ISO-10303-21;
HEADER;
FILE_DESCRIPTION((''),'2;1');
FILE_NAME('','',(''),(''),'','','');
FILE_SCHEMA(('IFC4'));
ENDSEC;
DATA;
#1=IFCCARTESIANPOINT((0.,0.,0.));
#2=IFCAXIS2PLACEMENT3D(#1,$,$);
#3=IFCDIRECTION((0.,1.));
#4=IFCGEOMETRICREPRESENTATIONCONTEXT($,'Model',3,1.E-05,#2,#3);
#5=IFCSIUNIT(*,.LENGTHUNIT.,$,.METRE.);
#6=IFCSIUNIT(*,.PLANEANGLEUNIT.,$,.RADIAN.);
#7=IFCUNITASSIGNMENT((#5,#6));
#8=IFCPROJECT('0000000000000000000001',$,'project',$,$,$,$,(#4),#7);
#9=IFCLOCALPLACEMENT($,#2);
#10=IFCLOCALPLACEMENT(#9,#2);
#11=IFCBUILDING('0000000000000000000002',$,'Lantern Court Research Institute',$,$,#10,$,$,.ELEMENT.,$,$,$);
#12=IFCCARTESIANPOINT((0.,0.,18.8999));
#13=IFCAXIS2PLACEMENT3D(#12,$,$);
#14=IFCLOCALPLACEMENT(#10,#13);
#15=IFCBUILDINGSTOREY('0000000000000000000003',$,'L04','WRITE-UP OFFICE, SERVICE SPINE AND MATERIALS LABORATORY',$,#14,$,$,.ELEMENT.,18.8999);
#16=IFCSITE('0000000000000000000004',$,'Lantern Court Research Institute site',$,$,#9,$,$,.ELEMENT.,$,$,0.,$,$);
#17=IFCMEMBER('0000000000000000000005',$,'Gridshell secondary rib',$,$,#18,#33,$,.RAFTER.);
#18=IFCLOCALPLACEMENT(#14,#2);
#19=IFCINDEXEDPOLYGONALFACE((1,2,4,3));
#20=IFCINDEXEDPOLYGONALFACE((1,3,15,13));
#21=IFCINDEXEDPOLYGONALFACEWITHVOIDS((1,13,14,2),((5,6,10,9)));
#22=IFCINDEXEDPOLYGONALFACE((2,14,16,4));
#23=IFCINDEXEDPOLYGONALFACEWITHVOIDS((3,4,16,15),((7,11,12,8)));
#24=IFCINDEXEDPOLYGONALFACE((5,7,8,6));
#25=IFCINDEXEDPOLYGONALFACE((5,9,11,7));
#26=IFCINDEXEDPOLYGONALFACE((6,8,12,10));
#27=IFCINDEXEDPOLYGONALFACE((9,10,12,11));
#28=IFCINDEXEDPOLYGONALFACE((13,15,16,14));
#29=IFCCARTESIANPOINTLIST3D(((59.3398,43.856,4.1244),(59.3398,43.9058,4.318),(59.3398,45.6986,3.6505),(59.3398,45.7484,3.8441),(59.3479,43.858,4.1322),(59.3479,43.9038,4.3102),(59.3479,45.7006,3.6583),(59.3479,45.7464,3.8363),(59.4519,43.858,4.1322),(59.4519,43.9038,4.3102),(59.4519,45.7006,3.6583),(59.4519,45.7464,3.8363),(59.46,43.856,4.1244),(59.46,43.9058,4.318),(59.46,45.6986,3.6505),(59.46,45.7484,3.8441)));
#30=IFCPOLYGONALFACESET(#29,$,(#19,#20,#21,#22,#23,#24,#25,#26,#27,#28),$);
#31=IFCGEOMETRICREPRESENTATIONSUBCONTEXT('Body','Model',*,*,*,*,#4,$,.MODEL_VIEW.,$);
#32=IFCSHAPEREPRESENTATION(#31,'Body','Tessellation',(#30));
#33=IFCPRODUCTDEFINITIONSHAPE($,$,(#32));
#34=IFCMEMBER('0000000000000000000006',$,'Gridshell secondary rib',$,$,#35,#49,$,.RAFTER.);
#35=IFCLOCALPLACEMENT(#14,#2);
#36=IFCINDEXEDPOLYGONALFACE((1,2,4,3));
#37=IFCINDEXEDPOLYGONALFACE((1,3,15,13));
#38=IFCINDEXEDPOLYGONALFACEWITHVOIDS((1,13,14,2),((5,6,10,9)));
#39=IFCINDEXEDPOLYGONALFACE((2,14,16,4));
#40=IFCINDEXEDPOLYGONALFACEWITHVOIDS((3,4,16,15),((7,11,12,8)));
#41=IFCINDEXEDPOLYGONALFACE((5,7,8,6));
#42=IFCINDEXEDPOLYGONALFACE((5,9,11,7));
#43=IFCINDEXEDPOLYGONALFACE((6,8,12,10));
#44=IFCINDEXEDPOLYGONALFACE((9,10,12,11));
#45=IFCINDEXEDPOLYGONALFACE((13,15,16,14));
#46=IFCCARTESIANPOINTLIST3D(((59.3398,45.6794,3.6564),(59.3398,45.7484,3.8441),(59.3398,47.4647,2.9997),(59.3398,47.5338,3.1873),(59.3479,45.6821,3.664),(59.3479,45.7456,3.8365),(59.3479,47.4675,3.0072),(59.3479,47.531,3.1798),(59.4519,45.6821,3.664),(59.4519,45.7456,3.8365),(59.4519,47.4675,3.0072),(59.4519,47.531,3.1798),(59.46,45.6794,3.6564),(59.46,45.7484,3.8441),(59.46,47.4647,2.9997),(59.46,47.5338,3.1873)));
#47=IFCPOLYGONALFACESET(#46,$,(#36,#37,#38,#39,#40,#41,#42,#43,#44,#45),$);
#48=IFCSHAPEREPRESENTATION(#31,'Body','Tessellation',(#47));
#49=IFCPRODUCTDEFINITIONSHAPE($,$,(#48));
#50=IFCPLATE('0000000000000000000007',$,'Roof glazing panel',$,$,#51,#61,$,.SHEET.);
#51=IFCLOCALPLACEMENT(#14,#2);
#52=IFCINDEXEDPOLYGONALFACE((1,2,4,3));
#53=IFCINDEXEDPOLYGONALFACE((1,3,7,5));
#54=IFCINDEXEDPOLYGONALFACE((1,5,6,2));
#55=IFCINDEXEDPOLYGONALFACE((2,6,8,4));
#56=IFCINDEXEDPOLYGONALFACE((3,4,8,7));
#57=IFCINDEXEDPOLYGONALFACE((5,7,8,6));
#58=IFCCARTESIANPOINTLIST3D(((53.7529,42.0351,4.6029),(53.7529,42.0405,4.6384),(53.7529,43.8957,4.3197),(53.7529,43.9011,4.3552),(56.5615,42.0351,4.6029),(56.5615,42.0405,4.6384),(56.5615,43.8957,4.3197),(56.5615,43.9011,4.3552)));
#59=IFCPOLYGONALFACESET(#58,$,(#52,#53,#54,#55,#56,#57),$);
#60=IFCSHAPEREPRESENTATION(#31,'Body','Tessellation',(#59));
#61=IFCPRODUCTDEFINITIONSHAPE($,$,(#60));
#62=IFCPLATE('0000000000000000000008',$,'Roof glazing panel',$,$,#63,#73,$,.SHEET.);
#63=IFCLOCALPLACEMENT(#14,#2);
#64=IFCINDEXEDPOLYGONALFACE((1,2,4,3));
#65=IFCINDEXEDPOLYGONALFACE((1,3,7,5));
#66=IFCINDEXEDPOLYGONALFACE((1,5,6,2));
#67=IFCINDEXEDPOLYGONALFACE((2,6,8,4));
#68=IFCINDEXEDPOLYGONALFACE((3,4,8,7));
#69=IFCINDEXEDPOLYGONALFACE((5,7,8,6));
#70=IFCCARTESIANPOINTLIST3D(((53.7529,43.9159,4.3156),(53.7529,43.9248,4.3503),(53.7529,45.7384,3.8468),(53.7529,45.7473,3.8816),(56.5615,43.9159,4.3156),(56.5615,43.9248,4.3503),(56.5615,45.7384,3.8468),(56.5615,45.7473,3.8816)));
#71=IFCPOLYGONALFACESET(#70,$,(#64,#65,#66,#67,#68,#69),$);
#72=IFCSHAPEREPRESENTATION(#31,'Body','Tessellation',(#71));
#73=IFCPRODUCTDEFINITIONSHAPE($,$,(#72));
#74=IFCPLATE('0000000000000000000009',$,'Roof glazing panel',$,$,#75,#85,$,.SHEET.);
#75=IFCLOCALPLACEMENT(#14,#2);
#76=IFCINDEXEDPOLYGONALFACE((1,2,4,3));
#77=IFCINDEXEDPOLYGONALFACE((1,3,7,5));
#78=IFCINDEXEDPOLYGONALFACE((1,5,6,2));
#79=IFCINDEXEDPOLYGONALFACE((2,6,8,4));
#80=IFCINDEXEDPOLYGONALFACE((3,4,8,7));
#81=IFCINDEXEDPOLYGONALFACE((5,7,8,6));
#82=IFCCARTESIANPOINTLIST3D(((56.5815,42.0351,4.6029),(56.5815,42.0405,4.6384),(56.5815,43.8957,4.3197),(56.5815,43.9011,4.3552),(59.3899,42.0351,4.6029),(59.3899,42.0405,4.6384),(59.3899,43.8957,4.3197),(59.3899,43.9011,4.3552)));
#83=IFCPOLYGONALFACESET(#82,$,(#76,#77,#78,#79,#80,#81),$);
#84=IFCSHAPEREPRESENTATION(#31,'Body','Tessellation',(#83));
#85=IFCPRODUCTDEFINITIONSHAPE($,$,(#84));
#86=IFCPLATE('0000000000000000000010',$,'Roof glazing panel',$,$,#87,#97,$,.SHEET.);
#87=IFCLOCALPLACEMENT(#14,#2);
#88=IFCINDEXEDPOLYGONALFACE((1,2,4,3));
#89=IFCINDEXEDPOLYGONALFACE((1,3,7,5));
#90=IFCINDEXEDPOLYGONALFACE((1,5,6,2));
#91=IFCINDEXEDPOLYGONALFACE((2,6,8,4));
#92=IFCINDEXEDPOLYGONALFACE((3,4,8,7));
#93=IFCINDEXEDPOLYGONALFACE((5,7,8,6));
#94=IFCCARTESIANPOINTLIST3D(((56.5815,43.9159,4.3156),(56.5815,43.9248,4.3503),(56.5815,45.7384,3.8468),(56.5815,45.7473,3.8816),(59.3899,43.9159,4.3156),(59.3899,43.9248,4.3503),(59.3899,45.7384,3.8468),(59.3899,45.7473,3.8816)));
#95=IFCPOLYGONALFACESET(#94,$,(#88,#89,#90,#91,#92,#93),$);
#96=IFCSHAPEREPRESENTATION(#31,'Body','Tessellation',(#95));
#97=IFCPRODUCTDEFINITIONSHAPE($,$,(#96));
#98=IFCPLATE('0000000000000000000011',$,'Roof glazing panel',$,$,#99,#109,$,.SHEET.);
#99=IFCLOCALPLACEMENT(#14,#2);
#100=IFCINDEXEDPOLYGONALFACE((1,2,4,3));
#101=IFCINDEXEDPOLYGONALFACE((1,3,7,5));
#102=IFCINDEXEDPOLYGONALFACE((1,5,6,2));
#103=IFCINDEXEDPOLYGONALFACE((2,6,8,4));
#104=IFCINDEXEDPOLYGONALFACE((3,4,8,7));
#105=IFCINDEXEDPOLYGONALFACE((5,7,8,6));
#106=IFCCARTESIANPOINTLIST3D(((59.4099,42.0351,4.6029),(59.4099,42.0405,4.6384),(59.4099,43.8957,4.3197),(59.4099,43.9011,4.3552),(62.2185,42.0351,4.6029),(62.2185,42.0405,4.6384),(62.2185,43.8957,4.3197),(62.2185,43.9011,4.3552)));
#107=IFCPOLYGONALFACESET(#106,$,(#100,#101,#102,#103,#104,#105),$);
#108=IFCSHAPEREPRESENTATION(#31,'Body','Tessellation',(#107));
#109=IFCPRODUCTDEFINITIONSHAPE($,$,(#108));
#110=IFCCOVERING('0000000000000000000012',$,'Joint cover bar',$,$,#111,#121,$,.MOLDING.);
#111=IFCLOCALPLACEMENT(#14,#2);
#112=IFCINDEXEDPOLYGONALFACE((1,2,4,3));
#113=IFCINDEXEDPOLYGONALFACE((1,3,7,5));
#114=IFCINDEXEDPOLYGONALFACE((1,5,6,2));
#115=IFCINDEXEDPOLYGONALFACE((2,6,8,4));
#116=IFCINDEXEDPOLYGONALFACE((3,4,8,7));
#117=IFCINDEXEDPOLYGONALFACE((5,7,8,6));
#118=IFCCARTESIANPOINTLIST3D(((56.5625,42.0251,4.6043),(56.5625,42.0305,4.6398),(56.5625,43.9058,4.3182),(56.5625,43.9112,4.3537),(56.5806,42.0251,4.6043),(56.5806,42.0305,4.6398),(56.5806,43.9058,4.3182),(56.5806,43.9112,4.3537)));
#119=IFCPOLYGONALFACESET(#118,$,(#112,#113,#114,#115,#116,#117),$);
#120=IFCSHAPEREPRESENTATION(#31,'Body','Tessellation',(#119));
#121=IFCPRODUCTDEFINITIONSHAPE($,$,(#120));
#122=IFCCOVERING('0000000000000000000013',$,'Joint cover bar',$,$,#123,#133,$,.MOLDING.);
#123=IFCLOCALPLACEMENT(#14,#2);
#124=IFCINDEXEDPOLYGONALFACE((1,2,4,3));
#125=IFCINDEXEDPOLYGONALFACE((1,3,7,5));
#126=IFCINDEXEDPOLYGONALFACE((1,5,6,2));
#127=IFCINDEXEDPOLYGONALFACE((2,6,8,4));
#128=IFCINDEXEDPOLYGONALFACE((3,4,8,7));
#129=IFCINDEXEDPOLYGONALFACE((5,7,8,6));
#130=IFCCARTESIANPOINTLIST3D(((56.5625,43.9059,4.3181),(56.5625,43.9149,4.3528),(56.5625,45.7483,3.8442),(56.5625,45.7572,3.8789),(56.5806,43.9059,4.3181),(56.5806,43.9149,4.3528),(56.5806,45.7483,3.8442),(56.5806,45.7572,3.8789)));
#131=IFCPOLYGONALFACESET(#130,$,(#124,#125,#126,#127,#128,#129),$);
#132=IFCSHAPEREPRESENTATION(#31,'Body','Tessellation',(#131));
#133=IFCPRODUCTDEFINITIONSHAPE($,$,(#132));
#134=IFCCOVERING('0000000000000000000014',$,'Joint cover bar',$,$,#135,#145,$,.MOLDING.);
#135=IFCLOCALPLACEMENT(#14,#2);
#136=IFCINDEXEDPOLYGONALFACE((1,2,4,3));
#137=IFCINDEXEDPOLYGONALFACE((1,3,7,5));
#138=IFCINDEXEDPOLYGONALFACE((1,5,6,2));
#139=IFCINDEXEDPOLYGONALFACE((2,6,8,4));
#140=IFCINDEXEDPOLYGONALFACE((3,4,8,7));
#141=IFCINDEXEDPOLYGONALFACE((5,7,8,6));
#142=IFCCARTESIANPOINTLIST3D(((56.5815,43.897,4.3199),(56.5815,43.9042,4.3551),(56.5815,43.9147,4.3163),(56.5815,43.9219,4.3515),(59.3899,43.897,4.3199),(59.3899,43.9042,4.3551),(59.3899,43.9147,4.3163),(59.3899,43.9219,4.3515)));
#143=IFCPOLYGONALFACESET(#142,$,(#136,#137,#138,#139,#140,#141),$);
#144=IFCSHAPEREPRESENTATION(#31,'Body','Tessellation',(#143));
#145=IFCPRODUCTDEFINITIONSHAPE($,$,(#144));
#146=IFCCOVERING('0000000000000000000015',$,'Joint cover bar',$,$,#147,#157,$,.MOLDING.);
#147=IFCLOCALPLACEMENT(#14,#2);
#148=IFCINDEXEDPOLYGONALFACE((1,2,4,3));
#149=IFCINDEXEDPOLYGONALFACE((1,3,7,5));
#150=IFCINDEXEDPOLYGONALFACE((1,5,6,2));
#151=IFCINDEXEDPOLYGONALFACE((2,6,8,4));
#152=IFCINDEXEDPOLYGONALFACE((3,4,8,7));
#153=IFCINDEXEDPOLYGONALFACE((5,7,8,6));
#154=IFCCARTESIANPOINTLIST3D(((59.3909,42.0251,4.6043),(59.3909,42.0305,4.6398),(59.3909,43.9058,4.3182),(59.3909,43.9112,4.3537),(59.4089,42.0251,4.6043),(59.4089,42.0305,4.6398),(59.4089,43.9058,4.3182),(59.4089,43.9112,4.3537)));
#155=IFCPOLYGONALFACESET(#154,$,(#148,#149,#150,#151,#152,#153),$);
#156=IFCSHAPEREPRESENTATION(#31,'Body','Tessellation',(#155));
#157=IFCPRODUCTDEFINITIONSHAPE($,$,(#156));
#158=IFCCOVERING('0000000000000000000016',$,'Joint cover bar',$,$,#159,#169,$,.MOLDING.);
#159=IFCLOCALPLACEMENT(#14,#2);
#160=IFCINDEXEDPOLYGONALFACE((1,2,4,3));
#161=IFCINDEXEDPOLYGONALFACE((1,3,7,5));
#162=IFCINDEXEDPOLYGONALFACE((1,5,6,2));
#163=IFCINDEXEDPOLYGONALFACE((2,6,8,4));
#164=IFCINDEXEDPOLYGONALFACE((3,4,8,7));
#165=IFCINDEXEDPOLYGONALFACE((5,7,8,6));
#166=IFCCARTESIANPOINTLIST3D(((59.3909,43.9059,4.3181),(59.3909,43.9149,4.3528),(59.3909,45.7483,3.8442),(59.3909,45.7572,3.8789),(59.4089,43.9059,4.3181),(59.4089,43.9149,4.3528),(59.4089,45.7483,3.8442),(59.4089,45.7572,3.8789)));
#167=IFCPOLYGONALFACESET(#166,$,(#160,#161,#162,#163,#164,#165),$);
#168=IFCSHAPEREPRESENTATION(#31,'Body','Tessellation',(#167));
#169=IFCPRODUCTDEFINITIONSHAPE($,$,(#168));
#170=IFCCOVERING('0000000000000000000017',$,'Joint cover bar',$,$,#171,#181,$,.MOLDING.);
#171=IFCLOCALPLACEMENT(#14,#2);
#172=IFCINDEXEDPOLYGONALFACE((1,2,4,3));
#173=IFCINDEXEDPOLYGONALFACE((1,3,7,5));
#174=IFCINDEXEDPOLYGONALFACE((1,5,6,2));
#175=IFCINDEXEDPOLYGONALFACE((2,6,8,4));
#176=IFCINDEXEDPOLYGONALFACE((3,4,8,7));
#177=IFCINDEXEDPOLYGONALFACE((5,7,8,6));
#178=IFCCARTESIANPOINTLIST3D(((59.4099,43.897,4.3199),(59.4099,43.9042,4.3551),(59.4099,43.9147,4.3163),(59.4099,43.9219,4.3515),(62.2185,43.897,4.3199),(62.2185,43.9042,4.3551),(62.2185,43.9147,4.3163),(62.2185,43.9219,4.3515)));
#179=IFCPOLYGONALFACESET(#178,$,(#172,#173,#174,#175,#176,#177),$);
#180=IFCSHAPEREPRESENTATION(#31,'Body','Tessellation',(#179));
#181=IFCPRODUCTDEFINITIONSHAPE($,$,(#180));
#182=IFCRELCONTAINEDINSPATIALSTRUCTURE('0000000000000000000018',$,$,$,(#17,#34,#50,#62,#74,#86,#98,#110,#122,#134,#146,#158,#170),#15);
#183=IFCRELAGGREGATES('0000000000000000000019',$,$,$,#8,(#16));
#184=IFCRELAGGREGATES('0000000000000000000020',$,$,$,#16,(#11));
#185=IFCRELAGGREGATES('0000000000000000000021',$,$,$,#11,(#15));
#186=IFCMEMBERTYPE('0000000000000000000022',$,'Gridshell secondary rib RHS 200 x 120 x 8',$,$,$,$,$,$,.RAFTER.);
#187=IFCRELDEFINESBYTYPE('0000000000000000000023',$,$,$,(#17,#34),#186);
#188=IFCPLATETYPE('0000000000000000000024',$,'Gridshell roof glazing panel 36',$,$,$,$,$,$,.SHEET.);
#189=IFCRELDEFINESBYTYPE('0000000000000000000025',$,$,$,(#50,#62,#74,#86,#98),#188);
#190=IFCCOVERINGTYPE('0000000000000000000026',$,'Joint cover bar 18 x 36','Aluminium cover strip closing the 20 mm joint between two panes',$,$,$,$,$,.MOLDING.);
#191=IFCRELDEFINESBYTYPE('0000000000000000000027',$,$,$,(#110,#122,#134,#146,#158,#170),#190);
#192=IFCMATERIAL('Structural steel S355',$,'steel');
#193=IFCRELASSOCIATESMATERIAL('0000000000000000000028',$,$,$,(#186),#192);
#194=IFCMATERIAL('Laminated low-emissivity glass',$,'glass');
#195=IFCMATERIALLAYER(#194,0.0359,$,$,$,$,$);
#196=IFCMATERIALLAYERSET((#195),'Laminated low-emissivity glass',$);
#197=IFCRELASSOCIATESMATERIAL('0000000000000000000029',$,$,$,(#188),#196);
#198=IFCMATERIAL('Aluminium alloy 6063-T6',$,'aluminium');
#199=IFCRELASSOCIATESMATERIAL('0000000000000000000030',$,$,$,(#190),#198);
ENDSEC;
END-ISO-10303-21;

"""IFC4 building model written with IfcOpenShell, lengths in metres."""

from ifc_helpers import new_model, si_unit, direction, frame, origin, origin_2d, place, context, subcontext, project, spatial, polyline, rectangle, hollow_rectangle, outline, extrude, material, layer, layer_set, material_profile, profile_set, type_object, element, save


model = new_model("IFC4")

# Units and contexts
model_context = context("Model", 3, precision=1e-05, world=origin(), true_north=direction((0.0, 1.0)))
body_context = subcontext(model_context, "Body", "Model", "MODEL_VIEW")
ifc_project = project(units=[si_unit("LENGTHUNIT", "METRE"), si_unit("PLANEANGLEUNIT", "RADIAN")], contexts=[model_context])

# Site, building, storey
site_placement = place(None, origin())
site = spatial("IfcSite", under=ifc_project, at=site_placement, Name="Lantern Court Research Institute site", CompositionType="ELEMENT", RefElevation=0.0)
building_placement = place(site_placement, origin())
building = spatial("IfcBuilding", under=site, at=building_placement, Name="Lantern Court Research Institute", CompositionType="ELEMENT")
storey_placement = place(building_placement, frame((0.0, 0.0, 18.8999)))
storey = spatial("IfcBuildingStorey", under=building, at=storey_placement, Name="L04", Description="WRITE-UP OFFICE, SERVICE SPINE AND MATERIALS LABORATORY", CompositionType="ELEMENT", Elevation=18.8999)

# Members
ifc_material_1 = material(Name="Structural steel S355", Category="steel")
ifc_material_profile_1 = material_profile(ifc_material_1, hollow_rectangle(XDim=0.1201, YDim=0.2, WallThickness=0.0081, at=origin_2d()), Name="Gridshell secondary rib RHS 200 x 120 x 8")
ifc_profile_set_1 = profile_set([ifc_material_profile_1], Name="Structural steel S355")
member_type_1 = type_object("IfcMemberType", Name="Gridshell secondary rib RHS 200 x 120 x 8", PredefinedType="RAFTER", material=ifc_profile_set_1)
member_1_placement = place(storey_placement, frame((59.3999, 43.8809, 4.2212), z_axis=(0.0, 0.968482, -0.249082), x_axis=(-1.0, 0.0, 0.0)))
element("IfcMember", 1, at=member_1_placement, inside=storey, type_object=member_type_1, Name="Gridshell secondary rib", PredefinedType="RAFTER", context=body_context, shape_type="SweptSolid", body=[
    extrude(hollow_rectangle(XDim=0.1201, YDim=0.2, WallThickness=0.0081, at=origin_2d()), origin(), (0.0, 0.0, 1.0), 1.9026),
])
member_2_placement = place(storey_placement, frame((59.3999, 45.7139, 3.7502), z_axis=(0.0, 0.93852, -0.345224), x_axis=(-1.0, 0.0, 0.0)))
element("IfcMember", 2, at=member_2_placement, inside=storey, type_object=member_type_1, Name="Gridshell secondary rib", PredefinedType="RAFTER", context=body_context, shape_type="SweptSolid", body=[
    extrude(hollow_rectangle(XDim=0.1201, YDim=0.2, WallThickness=0.0081, at=origin_2d()), origin(), (0.0, 0.0, 1.0), 1.9023),
])

# Plates
ifc_material_2 = material(Name="Laminated low-emissivity glass", Category="glass")
ifc_layer = layer(ifc_material_2, 0.0359)
ifc_layer_set = layer_set([ifc_layer], Name="Laminated low-emissivity glass")
plate_type = type_object("IfcPlateType", Name="Gridshell roof glazing panel 36", PredefinedType="SHEET", material=ifc_layer_set)
plate_1_placement = place(storey_placement, frame((56.5615, 42.0405, 4.6384), z_axis=(0.0, 0.150478, 0.988613), x_axis=(-1.0, 0.0, 0.0)))
element("IfcPlate", 3, at=plate_1_placement, inside=storey, type_object=plate_type, Name="Roof glazing panel", PredefinedType="SHEET", context=body_context, shape_type="SweptSolid", body=[
    extrude(outline(polyline([(0.0, 0.0), (2.8086, 0.0), (2.8086, -1.882), (0.0, -1.882), (0.0, 0.0)])), origin(), (0.0, 0.0, -1.0), 0.0359),
])
plate_2_placement = place(storey_placement, frame((56.5615, 43.9248, 4.3503), z_axis=(0.0, 0.249093, 0.96848), x_axis=(-1.0, 0.0, 0.0)))
element("IfcPlate", 4, at=plate_2_placement, inside=storey, type_object=plate_type, Name="Roof glazing panel", PredefinedType="SHEET", context=body_context, shape_type="SweptSolid", body=[
    extrude(outline(polyline([(0.0, 0.0), (2.8086, 0.0), (2.8086, -1.8818), (0.0, -1.8818), (0.0, 0.0)])), origin(), (0.0, 0.0, -1.0), 0.0359),
])
plate_3_placement = place(storey_placement, frame((59.3899, 42.0405, 4.6384), z_axis=(0.0, 0.150478, 0.988613), x_axis=(-1.0, 0.0, 0.0)))
element("IfcPlate", 5, at=plate_3_placement, inside=storey, type_object=plate_type, Name="Roof glazing panel", PredefinedType="SHEET", context=body_context, shape_type="SweptSolid", body=[
    extrude(outline(polyline([(0.0, 0.0), (2.8083, 0.0), (2.8083, -1.882), (0.0, -1.882), (0.0, 0.0)])), origin(), (0.0, 0.0, -1.0), 0.0359),
])
plate_4_placement = place(storey_placement, frame((59.3899, 43.9248, 4.3503), z_axis=(0.0, 0.249093, 0.96848), x_axis=(-1.0, 0.0, 0.0)))
element("IfcPlate", 6, at=plate_4_placement, inside=storey, type_object=plate_type, Name="Roof glazing panel", PredefinedType="SHEET", context=body_context, shape_type="SweptSolid", body=[
    extrude(outline(polyline([(0.0, 0.0), (2.8083, 0.0), (2.8083, -1.8818), (0.0, -1.8818), (0.0, 0.0)])), origin(), (0.0, 0.0, -1.0), 0.0359),
])
plate_5_placement = place(storey_placement, frame((62.2185, 42.0405, 4.6384), z_axis=(0.0, 0.150478, 0.988613), x_axis=(-1.0, 0.0, 0.0)))
element("IfcPlate", 7, at=plate_5_placement, inside=storey, type_object=plate_type, Name="Roof glazing panel", PredefinedType="SHEET", context=body_context, shape_type="SweptSolid", body=[
    extrude(outline(polyline([(0.0, 0.0), (2.8086, 0.0), (2.8086, -1.882), (0.0, -1.882), (0.0, 0.0)])), origin(), (0.0, 0.0, -1.0), 0.0359),
])

# Coverings
ifc_material_3 = material(Name="Aluminium alloy 6063-T6", Category="aluminium")
ifc_material_profile_2 = material_profile(ifc_material_3, rectangle(XDim=0.0181, YDim=0.0359, at=origin_2d()), Name="Joint cover bar 18 x 36")
ifc_profile_set_2 = profile_set([ifc_material_profile_2], Name="Aluminium alloy 6063-T6")
covering_type = type_object("IfcCoveringType", Name="Joint cover bar 18 x 36", Description="Aluminium cover strip closing the 20 mm joint between two panes", PredefinedType="MOLDING", material=ifc_profile_set_2)
for number, where, z_axis, x_axis, name in (
    (8, (56.5715, 42.0278, 4.6221), (0.0, 0.988623, -0.150417), (-1.0, 0.0, 0.0), "Joint cover bar"),
    (9, (56.5715, 43.9104, 4.3354), (0.0, 0.968474, -0.249113), (-1.0, 0.0, 0.0), "Joint cover bar"),
):
    element("IfcCovering", number, at=place(storey_placement, frame(where, z_axis=z_axis, x_axis=x_axis)), inside=storey, type_object=covering_type, Name=name, PredefinedType="MOLDING", context=body_context, shape_type="SweptSolid", body=[
        extrude(rectangle(XDim=0.0181, YDim=0.0359, at=origin_2d()), origin(), (0.0, 0.0, 1.0), 1.9023),
    ])
covering_1_placement = place(storey_placement, frame((56.5815, 43.9094, 4.3357), z_axis=(1.0, 0.0, 0.0), x_axis=(0.0, 0.979787, -0.200043)))
element("IfcCovering", 10, at=covering_1_placement, inside=storey, type_object=covering_type, Name="Joint cover bar", PredefinedType="MOLDING", context=body_context, shape_type="SweptSolid", body=[
    extrude(rectangle(XDim=0.0181, YDim=0.0359, at=origin_2d()), origin(), (0.0, 0.0, 1.0), 2.8083),
])
for number, where, z_axis, x_axis, name in (
    (11, (59.3999, 42.0278, 4.6221), (0.0, 0.988623, -0.150417), (-1.0, 0.0, 0.0), "Joint cover bar"),
    (12, (59.3999, 43.9104, 4.3354), (0.0, 0.968474, -0.249113), (-1.0, 0.0, 0.0), "Joint cover bar"),
):
    element("IfcCovering", number, at=place(storey_placement, frame(where, z_axis=z_axis, x_axis=x_axis)), inside=storey, type_object=covering_type, Name=name, PredefinedType="MOLDING", context=body_context, shape_type="SweptSolid", body=[
        extrude(rectangle(XDim=0.0181, YDim=0.0359, at=origin_2d()), origin(), (0.0, 0.0, 1.0), 1.9023),
    ])
covering_2_placement = place(storey_placement, frame((59.4099, 43.9094, 4.3357), z_axis=(1.0, 0.0, 0.0), x_axis=(0.0, 0.979787, -0.200043)))
element("IfcCovering", 13, at=covering_2_placement, inside=storey, type_object=covering_type, Name="Joint cover bar", PredefinedType="MOLDING", context=body_context, shape_type="SweptSolid", body=[
    extrude(rectangle(XDim=0.0181, YDim=0.0359, at=origin_2d()), origin(), (0.0, 0.0, 1.0), 2.8086),
])

save(model, "model.ifc")
